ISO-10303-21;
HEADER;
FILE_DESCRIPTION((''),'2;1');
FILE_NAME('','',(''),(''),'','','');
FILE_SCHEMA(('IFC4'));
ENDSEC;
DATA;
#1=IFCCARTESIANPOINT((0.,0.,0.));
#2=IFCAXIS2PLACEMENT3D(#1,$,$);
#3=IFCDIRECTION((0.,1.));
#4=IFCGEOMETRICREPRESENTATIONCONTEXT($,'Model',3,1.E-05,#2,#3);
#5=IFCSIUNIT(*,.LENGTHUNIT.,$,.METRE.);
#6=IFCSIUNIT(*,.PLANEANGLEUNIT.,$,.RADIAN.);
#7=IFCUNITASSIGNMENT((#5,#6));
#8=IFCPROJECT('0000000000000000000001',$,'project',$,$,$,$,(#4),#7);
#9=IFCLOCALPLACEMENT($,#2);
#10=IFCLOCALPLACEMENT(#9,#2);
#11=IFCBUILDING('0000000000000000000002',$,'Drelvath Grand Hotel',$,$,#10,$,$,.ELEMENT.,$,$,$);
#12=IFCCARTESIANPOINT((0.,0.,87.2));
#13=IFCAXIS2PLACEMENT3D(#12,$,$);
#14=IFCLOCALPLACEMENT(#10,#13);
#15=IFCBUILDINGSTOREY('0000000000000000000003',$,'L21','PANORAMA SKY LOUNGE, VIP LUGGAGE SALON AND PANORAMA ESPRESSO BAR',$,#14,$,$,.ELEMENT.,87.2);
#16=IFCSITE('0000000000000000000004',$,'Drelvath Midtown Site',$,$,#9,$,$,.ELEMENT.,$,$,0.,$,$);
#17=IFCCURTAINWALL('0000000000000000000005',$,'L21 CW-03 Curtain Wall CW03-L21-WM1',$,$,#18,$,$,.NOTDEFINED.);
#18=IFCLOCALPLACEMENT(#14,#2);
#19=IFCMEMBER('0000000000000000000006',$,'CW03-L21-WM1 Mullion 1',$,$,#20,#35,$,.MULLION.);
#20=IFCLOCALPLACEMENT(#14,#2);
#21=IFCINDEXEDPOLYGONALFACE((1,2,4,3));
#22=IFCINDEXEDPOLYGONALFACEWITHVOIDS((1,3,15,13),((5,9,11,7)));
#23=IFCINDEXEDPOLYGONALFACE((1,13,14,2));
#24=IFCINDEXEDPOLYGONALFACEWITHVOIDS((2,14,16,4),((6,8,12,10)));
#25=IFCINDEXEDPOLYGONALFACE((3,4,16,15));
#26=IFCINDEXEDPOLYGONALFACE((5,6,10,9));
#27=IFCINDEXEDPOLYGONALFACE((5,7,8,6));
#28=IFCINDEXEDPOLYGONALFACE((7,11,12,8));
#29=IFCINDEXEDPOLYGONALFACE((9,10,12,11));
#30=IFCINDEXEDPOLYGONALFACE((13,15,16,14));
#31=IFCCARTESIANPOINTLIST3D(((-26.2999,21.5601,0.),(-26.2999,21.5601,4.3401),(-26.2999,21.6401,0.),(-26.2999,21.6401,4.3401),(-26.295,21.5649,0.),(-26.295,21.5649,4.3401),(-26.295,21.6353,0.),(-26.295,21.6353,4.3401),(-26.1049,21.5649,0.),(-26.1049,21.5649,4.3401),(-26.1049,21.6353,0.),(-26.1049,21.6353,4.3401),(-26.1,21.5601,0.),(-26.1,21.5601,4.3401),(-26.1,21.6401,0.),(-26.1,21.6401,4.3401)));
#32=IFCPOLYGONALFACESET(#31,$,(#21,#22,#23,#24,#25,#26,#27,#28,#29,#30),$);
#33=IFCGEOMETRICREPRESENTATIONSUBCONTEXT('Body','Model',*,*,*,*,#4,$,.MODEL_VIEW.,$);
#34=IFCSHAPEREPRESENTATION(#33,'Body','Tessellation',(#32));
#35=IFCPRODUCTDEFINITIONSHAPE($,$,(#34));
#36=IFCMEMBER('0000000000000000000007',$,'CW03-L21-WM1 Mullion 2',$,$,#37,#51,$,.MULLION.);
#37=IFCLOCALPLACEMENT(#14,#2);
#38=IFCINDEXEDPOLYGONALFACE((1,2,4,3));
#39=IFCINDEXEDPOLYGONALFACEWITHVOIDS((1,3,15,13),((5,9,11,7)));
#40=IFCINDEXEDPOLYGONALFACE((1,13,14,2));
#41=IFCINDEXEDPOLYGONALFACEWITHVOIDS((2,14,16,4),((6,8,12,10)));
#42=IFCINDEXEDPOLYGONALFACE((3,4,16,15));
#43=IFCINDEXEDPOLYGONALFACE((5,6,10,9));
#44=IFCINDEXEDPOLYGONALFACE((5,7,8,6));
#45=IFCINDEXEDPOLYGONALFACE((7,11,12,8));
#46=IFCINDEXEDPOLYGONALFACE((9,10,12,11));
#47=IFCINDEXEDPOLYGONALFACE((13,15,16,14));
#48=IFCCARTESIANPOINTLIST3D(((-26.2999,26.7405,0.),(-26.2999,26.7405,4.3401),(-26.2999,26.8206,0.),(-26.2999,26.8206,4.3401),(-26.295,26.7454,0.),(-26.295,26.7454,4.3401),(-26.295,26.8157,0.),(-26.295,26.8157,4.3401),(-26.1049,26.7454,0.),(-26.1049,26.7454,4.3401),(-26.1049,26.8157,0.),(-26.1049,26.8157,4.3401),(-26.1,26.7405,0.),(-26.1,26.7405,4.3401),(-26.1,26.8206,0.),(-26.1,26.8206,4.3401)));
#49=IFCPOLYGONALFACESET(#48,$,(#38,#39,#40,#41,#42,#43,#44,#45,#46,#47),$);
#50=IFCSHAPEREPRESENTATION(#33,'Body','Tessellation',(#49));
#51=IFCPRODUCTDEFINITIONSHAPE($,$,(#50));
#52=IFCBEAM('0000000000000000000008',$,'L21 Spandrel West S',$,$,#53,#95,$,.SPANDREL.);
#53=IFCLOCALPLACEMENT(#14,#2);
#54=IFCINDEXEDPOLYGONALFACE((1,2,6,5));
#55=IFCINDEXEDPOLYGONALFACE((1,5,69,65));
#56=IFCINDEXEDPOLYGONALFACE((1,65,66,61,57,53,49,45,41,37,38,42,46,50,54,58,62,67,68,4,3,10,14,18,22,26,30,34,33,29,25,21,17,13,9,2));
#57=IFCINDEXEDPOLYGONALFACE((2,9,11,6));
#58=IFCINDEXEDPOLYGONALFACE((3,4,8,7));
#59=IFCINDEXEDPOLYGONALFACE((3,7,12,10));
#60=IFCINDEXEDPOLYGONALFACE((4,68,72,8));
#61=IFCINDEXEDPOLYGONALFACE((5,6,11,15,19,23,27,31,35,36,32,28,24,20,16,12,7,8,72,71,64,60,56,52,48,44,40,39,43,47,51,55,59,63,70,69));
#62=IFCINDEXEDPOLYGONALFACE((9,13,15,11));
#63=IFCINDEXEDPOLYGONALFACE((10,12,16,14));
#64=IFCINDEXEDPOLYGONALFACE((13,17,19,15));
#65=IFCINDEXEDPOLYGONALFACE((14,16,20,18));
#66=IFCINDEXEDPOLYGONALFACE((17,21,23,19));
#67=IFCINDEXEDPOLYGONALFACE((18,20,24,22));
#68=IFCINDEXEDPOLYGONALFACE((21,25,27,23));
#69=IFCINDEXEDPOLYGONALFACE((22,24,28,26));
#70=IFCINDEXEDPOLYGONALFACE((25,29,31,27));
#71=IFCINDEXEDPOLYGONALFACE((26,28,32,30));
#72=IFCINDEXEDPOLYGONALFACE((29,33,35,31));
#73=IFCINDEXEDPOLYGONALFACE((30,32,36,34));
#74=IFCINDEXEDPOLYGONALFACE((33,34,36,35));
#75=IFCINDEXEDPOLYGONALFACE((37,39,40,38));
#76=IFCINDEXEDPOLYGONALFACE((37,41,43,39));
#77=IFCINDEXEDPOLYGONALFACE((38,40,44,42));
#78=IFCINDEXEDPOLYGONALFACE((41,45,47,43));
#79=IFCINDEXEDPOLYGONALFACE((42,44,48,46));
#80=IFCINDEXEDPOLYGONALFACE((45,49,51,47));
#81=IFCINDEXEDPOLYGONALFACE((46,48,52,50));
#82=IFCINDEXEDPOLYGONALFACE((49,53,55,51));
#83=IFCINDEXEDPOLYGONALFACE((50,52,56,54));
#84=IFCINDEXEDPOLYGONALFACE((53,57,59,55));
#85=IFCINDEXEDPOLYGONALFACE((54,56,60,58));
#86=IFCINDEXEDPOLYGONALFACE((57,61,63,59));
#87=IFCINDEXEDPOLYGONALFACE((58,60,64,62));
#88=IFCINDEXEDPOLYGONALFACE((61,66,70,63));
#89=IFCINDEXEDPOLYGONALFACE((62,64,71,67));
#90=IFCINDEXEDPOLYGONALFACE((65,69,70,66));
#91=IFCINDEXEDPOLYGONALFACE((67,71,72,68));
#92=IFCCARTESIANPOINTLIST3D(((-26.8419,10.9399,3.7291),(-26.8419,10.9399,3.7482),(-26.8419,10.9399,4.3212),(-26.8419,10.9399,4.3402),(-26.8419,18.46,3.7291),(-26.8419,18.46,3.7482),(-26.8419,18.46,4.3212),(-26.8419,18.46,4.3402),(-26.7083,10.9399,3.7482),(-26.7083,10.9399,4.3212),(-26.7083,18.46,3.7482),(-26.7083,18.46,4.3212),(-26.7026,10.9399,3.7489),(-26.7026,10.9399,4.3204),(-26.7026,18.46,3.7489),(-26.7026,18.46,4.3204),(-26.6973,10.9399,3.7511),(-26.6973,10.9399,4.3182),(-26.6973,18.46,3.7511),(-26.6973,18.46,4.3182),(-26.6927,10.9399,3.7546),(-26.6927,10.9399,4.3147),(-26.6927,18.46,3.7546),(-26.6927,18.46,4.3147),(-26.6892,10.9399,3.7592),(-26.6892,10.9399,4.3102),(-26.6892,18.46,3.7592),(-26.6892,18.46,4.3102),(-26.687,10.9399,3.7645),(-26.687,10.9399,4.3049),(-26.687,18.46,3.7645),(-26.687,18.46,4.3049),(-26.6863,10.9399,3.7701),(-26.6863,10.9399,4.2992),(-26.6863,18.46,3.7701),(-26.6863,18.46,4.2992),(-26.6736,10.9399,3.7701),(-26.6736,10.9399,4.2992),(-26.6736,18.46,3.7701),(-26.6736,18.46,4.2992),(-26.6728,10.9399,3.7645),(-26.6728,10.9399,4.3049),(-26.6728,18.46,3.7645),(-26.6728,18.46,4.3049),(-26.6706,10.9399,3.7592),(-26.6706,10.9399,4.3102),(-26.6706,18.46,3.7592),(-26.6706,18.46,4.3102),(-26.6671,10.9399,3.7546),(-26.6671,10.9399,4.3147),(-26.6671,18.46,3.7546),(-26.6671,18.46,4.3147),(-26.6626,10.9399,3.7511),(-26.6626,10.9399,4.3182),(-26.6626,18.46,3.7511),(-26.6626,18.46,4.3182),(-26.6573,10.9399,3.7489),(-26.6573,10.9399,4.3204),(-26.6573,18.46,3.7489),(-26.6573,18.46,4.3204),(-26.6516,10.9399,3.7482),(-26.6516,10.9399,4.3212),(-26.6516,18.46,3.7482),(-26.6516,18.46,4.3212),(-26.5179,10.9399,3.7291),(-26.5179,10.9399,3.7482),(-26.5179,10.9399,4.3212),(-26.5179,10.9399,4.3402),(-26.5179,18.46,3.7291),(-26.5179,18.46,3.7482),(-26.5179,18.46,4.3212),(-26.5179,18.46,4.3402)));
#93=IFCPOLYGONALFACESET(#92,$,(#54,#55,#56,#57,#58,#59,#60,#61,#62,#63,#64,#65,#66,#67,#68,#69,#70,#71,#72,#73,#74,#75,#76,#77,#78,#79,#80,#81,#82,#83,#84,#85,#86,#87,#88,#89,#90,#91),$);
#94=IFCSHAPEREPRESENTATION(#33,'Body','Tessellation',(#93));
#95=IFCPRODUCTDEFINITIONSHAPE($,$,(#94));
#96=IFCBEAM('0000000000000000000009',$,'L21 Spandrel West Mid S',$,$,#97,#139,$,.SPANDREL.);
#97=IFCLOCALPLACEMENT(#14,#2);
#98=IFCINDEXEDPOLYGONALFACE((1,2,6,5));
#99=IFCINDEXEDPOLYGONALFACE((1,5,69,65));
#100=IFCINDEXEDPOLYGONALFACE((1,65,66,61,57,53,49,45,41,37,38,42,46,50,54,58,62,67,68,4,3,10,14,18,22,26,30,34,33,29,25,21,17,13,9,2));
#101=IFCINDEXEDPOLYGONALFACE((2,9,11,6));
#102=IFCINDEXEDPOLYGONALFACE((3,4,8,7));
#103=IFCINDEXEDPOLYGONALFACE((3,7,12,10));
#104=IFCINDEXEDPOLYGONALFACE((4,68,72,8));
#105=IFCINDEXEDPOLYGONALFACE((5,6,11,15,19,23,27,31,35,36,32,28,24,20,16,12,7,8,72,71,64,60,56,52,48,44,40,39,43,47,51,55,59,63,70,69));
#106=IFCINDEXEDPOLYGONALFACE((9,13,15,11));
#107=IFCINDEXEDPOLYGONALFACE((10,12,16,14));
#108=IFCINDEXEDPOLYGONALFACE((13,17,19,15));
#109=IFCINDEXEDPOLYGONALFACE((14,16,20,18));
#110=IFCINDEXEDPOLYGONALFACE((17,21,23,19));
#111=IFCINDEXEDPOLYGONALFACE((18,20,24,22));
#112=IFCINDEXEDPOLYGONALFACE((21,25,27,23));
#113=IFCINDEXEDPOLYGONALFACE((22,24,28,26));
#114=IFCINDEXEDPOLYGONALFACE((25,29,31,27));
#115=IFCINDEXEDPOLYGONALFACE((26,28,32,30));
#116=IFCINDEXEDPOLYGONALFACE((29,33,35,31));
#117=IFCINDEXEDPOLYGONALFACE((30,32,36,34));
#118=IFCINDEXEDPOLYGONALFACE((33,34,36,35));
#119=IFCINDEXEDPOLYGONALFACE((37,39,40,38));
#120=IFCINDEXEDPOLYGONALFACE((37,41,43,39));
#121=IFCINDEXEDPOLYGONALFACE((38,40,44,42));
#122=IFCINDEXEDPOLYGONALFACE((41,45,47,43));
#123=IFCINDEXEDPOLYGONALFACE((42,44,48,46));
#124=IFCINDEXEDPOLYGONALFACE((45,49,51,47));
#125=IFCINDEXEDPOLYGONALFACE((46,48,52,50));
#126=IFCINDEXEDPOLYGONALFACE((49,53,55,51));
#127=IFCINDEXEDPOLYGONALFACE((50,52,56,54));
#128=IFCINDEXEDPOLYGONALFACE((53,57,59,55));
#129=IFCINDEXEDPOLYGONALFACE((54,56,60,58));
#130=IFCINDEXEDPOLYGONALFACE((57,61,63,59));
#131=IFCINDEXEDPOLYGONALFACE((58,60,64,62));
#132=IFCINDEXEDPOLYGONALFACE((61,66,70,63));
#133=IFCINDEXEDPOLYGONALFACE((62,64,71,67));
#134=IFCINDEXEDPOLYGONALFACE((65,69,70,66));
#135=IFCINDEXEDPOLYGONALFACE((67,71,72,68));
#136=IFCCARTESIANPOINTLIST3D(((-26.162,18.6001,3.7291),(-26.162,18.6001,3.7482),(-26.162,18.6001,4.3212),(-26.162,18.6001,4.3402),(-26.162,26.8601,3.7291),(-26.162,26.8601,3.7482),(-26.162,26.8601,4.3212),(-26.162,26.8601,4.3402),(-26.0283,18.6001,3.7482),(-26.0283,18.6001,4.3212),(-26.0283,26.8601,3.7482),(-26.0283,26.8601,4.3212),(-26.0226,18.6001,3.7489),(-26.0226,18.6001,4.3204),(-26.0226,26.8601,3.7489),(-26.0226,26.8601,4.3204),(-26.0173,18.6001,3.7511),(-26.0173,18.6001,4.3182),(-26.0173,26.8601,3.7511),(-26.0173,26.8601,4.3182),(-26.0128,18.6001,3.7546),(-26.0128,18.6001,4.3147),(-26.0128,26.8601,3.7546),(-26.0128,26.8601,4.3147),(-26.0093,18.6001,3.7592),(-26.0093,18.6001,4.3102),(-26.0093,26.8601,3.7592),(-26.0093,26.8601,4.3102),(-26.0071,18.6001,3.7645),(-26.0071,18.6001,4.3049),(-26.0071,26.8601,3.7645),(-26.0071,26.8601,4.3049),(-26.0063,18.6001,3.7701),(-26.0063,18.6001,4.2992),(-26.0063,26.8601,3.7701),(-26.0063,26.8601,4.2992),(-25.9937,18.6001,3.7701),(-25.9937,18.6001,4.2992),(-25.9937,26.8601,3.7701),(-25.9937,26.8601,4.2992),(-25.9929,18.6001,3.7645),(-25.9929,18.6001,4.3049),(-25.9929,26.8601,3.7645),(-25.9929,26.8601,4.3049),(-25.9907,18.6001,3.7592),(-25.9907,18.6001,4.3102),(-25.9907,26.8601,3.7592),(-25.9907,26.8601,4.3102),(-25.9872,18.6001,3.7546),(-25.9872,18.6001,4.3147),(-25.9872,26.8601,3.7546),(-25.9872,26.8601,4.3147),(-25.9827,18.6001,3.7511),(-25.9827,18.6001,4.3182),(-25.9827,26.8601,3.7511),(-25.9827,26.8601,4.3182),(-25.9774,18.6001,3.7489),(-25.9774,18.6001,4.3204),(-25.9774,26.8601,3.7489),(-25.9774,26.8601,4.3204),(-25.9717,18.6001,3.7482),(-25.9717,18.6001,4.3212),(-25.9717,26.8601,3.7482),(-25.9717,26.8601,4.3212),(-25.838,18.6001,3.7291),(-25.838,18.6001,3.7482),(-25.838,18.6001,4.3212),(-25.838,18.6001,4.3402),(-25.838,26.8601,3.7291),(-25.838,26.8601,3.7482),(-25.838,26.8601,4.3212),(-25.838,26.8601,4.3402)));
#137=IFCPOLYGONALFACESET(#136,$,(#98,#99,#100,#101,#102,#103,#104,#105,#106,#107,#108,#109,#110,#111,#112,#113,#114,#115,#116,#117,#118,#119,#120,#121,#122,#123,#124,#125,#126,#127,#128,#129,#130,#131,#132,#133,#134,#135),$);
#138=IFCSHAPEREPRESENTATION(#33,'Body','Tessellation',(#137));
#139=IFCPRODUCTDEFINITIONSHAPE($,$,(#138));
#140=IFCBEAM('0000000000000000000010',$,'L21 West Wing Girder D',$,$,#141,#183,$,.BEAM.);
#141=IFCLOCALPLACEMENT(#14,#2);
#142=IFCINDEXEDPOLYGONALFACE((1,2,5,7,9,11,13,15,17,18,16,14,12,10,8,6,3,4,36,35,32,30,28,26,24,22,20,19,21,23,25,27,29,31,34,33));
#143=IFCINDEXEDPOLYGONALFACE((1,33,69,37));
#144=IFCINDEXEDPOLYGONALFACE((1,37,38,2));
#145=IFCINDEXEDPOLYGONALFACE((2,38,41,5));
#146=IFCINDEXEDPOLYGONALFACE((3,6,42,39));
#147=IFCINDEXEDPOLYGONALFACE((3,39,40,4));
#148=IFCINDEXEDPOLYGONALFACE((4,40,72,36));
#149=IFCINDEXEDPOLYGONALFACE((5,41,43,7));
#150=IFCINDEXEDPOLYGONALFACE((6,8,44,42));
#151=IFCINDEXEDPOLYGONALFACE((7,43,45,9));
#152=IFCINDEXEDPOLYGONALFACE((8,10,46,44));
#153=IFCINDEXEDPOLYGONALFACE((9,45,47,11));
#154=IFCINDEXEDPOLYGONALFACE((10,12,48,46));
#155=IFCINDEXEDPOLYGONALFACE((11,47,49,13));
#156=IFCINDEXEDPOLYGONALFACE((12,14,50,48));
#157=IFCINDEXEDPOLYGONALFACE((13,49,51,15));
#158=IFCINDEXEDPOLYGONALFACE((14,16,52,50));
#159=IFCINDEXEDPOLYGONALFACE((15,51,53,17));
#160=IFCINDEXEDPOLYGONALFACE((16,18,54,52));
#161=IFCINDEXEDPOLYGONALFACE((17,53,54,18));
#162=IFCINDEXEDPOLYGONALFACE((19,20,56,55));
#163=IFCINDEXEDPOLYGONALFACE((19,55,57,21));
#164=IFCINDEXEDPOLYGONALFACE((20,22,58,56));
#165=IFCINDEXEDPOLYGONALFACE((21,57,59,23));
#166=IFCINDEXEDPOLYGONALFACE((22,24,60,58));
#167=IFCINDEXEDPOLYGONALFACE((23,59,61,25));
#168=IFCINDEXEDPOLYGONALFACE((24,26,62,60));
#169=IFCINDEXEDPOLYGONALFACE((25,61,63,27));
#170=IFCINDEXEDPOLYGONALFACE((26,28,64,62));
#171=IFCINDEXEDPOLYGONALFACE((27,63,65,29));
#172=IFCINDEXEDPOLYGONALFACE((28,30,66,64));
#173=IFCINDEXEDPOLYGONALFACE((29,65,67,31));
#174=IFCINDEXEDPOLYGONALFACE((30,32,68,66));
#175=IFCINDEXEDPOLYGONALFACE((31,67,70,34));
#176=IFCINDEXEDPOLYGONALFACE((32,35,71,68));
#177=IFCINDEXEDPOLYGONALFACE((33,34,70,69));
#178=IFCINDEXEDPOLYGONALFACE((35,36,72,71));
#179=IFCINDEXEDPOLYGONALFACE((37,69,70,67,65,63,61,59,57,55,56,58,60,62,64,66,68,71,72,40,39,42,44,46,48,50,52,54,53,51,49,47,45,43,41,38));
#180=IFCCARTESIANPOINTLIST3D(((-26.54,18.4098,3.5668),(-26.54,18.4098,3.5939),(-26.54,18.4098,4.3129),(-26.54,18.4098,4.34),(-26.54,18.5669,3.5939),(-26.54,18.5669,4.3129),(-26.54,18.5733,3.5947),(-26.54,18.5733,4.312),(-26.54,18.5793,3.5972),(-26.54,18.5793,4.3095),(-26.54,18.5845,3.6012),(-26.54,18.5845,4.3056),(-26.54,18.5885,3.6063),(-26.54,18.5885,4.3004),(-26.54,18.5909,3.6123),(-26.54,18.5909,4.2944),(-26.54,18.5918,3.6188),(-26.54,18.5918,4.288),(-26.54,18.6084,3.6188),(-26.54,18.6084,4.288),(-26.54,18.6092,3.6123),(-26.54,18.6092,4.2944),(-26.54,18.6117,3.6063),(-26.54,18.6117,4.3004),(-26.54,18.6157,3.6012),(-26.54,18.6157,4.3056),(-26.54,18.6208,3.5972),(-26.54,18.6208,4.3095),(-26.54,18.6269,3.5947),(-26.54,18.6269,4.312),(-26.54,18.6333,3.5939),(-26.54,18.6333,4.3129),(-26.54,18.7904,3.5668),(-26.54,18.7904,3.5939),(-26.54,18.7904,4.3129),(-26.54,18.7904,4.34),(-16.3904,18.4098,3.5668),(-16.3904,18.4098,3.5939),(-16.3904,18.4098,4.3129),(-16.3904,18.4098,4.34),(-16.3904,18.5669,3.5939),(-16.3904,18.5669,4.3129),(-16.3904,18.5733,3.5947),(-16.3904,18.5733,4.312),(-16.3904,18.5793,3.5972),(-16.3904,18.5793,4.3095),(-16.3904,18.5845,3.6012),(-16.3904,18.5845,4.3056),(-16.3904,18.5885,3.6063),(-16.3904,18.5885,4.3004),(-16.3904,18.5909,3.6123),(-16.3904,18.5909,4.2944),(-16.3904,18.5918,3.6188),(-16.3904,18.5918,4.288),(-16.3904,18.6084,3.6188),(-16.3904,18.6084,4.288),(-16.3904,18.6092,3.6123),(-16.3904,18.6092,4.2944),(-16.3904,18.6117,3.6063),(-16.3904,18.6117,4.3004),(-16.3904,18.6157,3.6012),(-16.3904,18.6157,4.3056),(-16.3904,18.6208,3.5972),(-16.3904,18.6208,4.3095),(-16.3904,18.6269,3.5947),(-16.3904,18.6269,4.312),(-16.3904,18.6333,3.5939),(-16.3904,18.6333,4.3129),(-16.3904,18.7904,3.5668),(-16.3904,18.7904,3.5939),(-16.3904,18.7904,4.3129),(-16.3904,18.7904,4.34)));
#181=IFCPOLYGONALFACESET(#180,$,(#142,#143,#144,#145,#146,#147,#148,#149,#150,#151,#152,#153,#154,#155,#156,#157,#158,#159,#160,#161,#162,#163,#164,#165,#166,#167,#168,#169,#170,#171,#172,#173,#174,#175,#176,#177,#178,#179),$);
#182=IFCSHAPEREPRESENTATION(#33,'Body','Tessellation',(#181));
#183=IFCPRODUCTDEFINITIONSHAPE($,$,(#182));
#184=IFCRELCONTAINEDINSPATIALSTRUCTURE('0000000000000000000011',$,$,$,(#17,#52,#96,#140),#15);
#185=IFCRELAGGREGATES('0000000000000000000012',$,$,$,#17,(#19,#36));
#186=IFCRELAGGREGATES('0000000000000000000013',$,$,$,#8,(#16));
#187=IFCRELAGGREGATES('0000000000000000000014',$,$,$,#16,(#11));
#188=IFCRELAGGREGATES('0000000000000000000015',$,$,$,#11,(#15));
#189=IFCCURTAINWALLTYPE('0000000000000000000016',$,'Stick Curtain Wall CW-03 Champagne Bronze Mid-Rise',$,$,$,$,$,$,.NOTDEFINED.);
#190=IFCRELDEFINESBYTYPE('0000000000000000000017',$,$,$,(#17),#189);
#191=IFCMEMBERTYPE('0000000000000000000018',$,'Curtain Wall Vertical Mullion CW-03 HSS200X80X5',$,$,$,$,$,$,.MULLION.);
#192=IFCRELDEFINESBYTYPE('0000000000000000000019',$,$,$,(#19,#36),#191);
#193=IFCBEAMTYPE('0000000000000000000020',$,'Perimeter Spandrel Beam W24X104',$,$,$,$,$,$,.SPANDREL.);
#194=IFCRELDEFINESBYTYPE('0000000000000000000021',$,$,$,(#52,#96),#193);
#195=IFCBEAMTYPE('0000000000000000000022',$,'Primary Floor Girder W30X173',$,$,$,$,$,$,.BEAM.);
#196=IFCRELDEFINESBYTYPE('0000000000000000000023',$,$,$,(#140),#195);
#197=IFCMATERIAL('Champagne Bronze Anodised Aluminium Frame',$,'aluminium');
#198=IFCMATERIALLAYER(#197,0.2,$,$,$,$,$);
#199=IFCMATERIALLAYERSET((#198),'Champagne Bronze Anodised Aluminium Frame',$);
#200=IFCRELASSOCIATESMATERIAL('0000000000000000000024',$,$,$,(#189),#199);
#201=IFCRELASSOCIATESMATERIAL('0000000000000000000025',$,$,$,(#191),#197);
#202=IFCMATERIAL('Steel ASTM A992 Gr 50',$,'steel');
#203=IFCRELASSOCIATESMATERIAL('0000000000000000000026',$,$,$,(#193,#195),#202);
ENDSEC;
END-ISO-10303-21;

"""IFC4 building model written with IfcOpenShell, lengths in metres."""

from ifc_helpers import new_model, si_unit, direction, frame, origin, origin_2d, place, context, subcontext, project, spatial, hollow_rectangle, i_section, extrude, material, layer, layer_set, material_profile, profile_set, type_object, element, aggregate, save


model = new_model("IFC4")

# Units and contexts
model_context = context("Model", 3, precision=1e-05, world=origin(), true_north=direction((0.0, 1.0)))
body_context = subcontext(model_context, "Body", "Model", "MODEL_VIEW")
ifc_project = project(units=[si_unit("LENGTHUNIT", "METRE"), si_unit("PLANEANGLEUNIT", "RADIAN")], contexts=[model_context])

# Site, building, storey
site_placement = place(None, origin())
site = spatial("IfcSite", under=ifc_project, at=site_placement, Name="Drelvath Midtown Site", CompositionType="ELEMENT", RefElevation=0.0)
building_placement = place(site_placement, origin())
building = spatial("IfcBuilding", under=site, at=building_placement, Name="Drelvath Grand Hotel", CompositionType="ELEMENT")
storey_placement = place(building_placement, frame((0.0, 0.0, 87.2)))
storey = spatial("IfcBuildingStorey", under=building, at=storey_placement, Name="L21", Description="PANORAMA SKY LOUNGE, VIP LUGGAGE SALON AND PANORAMA ESPRESSO BAR", CompositionType="ELEMENT", Elevation=87.2)

# Curtain wall
ifc_material_1 = material(Name="Champagne Bronze Anodised Aluminium Frame", Category="aluminium")
ifc_layer_1 = layer(ifc_material_1, 0.2)
ifc_layer_set_1 = layer_set([ifc_layer_1], Name="Champagne Bronze Anodised Aluminium Frame")
curtain_wall_type = type_object("IfcCurtainWallType", Name="Stick Curtain Wall CW-03 Champagne Bronze Mid-Rise", PredefinedType="NOTDEFINED", material=ifc_layer_set_1)
curtain_wall_1_placement = place(storey_placement, origin())
curtain_wall_1 = element("IfcCurtainWall", 1, at=curtain_wall_1_placement, inside=storey, type_object=curtain_wall_type, Name="L21 CW-03 Curtain Wall CW03-L21-WM1", PredefinedType="NOTDEFINED")

# Members
ifc_material_profile_1 = material_profile(ifc_material_1, hollow_rectangle(XDim=0.0801, YDim=0.2, WallThickness=0.0049, at=origin_2d()), Name="HSS200X80X5")
ifc_profile_set_1 = profile_set([ifc_material_profile_1], Name="Champagne Bronze Anodised Aluminium Frame")
member_type_1 = type_object("IfcMemberType", Name="Curtain Wall Vertical Mullion CW-03 HSS200X80X5", PredefinedType="MULLION", material=ifc_profile_set_1)
member_1_placement = place(storey_placement, frame((-26.2, 21.6001, 0.0), z_axis=(0.0, 0.0, 1.0), x_axis=(0.0, 1.0, 0.0)))
member_1 = element("IfcMember", 2, at=member_1_placement, type_object=member_type_1, Name="CW03-L21-WM1 Mullion 1", PredefinedType="MULLION", context=body_context, shape_type="SweptSolid", body=[
    extrude(hollow_rectangle(XDim=0.0801, YDim=0.2, WallThickness=0.0049, at=origin_2d()), origin(), (0.0, 0.0, 1.0), 4.3401),
])
member_2_placement = place(storey_placement, frame((-26.2, 26.7805, 0.0), z_axis=(0.0, 0.0, 1.0), x_axis=(0.0, 1.0, 0.0)))
member_2 = element("IfcMember", 3, at=member_2_placement, type_object=member_type_1, Name="CW03-L21-WM1 Mullion 2", PredefinedType="MULLION", context=body_context, shape_type="SweptSolid", body=[
    extrude(hollow_rectangle(XDim=0.0801, YDim=0.2, WallThickness=0.0049, at=origin_2d()), origin(), (0.0, 0.0, 1.0), 4.3401),
])

# Beams
ifc_material_2 = material(Name="Steel ASTM A992 Gr 50", Category="steel")
ifc_material_profile_2 = material_profile(ifc_material_2, i_section(OverallWidth=0.324, OverallDepth=0.6111, WebThickness=0.0127, FlangeThickness=0.019, FilletRadius=0.022, at=origin_2d()), Name="W24X104")
ifc_profile_set_2 = profile_set([ifc_material_profile_2], Name="Steel ASTM A992 Gr 50")
beam_type_1 = type_object("IfcBeamType", Name="Perimeter Spandrel Beam W24X104", PredefinedType="SPANDREL", material=ifc_profile_set_2)
beam_1_placement = place(storey_placement, frame((-26.6799, 10.9399, 4.0347), z_axis=(0.0, 1.0, 0.0), x_axis=(-1.0, 0.0, 0.0)))
element("IfcBeam", 4, at=beam_1_placement, inside=storey, type_object=beam_type_1, Name="L21 Spandrel West S", PredefinedType="SPANDREL", context=body_context, shape_type="SweptSolid", body=[
    extrude(i_section(OverallWidth=0.324, OverallDepth=0.6111, WebThickness=0.0127, FlangeThickness=0.019, FilletRadius=0.022, at=origin_2d()), origin(), (0.0, 0.0, 1.0), 7.52),
])
beam_2_placement = place(storey_placement, frame((-26.0, 18.6001, 4.0347), z_axis=(0.0, 1.0, 0.0), x_axis=(-1.0, 0.0, 0.0)))
element("IfcBeam", 5, at=beam_2_placement, inside=storey, type_object=beam_type_1, Name="L21 Spandrel West Mid S", PredefinedType="SPANDREL", context=body_context, shape_type="SweptSolid", body=[
    extrude(i_section(OverallWidth=0.324, OverallDepth=0.6111, WebThickness=0.0127, FlangeThickness=0.019, FilletRadius=0.022, at=origin_2d()), origin(), (0.0, 0.0, 1.0), 8.26),
])
ifc_material_profile_3 = material_profile(ifc_material_2, i_section(OverallWidth=0.3806, OverallDepth=0.7732, WebThickness=0.0166, FlangeThickness=0.0271, FilletRadius=0.0249, at=origin_2d()), Name="W30X173")
ifc_profile_set_3 = profile_set([ifc_material_profile_3], Name="Steel ASTM A992 Gr 50")
beam_type_2 = type_object("IfcBeamType", Name="Primary Floor Girder W30X173", PredefinedType="BEAM", material=ifc_profile_set_3)
beam_3_placement = place(storey_placement, frame((-26.54, 18.6001, 3.9534), z_axis=(1.0, 0.0, 0.0), x_axis=(0.0, 1.0, 0.0)))
element("IfcBeam", 6, at=beam_3_placement, inside=storey, type_object=beam_type_2, Name="L21 West Wing Girder D", PredefinedType="BEAM", context=body_context, shape_type="SweptSolid", body=[
    extrude(i_section(OverallWidth=0.3806, OverallDepth=0.7732, WebThickness=0.0166, FlangeThickness=0.0271, FilletRadius=0.0249, at=origin_2d()), origin(), (0.0, 0.0, 1.0), 10.1497),
])

aggregate(curtain_wall_1, [member_1, member_2])

save(model, "model.ifc")
